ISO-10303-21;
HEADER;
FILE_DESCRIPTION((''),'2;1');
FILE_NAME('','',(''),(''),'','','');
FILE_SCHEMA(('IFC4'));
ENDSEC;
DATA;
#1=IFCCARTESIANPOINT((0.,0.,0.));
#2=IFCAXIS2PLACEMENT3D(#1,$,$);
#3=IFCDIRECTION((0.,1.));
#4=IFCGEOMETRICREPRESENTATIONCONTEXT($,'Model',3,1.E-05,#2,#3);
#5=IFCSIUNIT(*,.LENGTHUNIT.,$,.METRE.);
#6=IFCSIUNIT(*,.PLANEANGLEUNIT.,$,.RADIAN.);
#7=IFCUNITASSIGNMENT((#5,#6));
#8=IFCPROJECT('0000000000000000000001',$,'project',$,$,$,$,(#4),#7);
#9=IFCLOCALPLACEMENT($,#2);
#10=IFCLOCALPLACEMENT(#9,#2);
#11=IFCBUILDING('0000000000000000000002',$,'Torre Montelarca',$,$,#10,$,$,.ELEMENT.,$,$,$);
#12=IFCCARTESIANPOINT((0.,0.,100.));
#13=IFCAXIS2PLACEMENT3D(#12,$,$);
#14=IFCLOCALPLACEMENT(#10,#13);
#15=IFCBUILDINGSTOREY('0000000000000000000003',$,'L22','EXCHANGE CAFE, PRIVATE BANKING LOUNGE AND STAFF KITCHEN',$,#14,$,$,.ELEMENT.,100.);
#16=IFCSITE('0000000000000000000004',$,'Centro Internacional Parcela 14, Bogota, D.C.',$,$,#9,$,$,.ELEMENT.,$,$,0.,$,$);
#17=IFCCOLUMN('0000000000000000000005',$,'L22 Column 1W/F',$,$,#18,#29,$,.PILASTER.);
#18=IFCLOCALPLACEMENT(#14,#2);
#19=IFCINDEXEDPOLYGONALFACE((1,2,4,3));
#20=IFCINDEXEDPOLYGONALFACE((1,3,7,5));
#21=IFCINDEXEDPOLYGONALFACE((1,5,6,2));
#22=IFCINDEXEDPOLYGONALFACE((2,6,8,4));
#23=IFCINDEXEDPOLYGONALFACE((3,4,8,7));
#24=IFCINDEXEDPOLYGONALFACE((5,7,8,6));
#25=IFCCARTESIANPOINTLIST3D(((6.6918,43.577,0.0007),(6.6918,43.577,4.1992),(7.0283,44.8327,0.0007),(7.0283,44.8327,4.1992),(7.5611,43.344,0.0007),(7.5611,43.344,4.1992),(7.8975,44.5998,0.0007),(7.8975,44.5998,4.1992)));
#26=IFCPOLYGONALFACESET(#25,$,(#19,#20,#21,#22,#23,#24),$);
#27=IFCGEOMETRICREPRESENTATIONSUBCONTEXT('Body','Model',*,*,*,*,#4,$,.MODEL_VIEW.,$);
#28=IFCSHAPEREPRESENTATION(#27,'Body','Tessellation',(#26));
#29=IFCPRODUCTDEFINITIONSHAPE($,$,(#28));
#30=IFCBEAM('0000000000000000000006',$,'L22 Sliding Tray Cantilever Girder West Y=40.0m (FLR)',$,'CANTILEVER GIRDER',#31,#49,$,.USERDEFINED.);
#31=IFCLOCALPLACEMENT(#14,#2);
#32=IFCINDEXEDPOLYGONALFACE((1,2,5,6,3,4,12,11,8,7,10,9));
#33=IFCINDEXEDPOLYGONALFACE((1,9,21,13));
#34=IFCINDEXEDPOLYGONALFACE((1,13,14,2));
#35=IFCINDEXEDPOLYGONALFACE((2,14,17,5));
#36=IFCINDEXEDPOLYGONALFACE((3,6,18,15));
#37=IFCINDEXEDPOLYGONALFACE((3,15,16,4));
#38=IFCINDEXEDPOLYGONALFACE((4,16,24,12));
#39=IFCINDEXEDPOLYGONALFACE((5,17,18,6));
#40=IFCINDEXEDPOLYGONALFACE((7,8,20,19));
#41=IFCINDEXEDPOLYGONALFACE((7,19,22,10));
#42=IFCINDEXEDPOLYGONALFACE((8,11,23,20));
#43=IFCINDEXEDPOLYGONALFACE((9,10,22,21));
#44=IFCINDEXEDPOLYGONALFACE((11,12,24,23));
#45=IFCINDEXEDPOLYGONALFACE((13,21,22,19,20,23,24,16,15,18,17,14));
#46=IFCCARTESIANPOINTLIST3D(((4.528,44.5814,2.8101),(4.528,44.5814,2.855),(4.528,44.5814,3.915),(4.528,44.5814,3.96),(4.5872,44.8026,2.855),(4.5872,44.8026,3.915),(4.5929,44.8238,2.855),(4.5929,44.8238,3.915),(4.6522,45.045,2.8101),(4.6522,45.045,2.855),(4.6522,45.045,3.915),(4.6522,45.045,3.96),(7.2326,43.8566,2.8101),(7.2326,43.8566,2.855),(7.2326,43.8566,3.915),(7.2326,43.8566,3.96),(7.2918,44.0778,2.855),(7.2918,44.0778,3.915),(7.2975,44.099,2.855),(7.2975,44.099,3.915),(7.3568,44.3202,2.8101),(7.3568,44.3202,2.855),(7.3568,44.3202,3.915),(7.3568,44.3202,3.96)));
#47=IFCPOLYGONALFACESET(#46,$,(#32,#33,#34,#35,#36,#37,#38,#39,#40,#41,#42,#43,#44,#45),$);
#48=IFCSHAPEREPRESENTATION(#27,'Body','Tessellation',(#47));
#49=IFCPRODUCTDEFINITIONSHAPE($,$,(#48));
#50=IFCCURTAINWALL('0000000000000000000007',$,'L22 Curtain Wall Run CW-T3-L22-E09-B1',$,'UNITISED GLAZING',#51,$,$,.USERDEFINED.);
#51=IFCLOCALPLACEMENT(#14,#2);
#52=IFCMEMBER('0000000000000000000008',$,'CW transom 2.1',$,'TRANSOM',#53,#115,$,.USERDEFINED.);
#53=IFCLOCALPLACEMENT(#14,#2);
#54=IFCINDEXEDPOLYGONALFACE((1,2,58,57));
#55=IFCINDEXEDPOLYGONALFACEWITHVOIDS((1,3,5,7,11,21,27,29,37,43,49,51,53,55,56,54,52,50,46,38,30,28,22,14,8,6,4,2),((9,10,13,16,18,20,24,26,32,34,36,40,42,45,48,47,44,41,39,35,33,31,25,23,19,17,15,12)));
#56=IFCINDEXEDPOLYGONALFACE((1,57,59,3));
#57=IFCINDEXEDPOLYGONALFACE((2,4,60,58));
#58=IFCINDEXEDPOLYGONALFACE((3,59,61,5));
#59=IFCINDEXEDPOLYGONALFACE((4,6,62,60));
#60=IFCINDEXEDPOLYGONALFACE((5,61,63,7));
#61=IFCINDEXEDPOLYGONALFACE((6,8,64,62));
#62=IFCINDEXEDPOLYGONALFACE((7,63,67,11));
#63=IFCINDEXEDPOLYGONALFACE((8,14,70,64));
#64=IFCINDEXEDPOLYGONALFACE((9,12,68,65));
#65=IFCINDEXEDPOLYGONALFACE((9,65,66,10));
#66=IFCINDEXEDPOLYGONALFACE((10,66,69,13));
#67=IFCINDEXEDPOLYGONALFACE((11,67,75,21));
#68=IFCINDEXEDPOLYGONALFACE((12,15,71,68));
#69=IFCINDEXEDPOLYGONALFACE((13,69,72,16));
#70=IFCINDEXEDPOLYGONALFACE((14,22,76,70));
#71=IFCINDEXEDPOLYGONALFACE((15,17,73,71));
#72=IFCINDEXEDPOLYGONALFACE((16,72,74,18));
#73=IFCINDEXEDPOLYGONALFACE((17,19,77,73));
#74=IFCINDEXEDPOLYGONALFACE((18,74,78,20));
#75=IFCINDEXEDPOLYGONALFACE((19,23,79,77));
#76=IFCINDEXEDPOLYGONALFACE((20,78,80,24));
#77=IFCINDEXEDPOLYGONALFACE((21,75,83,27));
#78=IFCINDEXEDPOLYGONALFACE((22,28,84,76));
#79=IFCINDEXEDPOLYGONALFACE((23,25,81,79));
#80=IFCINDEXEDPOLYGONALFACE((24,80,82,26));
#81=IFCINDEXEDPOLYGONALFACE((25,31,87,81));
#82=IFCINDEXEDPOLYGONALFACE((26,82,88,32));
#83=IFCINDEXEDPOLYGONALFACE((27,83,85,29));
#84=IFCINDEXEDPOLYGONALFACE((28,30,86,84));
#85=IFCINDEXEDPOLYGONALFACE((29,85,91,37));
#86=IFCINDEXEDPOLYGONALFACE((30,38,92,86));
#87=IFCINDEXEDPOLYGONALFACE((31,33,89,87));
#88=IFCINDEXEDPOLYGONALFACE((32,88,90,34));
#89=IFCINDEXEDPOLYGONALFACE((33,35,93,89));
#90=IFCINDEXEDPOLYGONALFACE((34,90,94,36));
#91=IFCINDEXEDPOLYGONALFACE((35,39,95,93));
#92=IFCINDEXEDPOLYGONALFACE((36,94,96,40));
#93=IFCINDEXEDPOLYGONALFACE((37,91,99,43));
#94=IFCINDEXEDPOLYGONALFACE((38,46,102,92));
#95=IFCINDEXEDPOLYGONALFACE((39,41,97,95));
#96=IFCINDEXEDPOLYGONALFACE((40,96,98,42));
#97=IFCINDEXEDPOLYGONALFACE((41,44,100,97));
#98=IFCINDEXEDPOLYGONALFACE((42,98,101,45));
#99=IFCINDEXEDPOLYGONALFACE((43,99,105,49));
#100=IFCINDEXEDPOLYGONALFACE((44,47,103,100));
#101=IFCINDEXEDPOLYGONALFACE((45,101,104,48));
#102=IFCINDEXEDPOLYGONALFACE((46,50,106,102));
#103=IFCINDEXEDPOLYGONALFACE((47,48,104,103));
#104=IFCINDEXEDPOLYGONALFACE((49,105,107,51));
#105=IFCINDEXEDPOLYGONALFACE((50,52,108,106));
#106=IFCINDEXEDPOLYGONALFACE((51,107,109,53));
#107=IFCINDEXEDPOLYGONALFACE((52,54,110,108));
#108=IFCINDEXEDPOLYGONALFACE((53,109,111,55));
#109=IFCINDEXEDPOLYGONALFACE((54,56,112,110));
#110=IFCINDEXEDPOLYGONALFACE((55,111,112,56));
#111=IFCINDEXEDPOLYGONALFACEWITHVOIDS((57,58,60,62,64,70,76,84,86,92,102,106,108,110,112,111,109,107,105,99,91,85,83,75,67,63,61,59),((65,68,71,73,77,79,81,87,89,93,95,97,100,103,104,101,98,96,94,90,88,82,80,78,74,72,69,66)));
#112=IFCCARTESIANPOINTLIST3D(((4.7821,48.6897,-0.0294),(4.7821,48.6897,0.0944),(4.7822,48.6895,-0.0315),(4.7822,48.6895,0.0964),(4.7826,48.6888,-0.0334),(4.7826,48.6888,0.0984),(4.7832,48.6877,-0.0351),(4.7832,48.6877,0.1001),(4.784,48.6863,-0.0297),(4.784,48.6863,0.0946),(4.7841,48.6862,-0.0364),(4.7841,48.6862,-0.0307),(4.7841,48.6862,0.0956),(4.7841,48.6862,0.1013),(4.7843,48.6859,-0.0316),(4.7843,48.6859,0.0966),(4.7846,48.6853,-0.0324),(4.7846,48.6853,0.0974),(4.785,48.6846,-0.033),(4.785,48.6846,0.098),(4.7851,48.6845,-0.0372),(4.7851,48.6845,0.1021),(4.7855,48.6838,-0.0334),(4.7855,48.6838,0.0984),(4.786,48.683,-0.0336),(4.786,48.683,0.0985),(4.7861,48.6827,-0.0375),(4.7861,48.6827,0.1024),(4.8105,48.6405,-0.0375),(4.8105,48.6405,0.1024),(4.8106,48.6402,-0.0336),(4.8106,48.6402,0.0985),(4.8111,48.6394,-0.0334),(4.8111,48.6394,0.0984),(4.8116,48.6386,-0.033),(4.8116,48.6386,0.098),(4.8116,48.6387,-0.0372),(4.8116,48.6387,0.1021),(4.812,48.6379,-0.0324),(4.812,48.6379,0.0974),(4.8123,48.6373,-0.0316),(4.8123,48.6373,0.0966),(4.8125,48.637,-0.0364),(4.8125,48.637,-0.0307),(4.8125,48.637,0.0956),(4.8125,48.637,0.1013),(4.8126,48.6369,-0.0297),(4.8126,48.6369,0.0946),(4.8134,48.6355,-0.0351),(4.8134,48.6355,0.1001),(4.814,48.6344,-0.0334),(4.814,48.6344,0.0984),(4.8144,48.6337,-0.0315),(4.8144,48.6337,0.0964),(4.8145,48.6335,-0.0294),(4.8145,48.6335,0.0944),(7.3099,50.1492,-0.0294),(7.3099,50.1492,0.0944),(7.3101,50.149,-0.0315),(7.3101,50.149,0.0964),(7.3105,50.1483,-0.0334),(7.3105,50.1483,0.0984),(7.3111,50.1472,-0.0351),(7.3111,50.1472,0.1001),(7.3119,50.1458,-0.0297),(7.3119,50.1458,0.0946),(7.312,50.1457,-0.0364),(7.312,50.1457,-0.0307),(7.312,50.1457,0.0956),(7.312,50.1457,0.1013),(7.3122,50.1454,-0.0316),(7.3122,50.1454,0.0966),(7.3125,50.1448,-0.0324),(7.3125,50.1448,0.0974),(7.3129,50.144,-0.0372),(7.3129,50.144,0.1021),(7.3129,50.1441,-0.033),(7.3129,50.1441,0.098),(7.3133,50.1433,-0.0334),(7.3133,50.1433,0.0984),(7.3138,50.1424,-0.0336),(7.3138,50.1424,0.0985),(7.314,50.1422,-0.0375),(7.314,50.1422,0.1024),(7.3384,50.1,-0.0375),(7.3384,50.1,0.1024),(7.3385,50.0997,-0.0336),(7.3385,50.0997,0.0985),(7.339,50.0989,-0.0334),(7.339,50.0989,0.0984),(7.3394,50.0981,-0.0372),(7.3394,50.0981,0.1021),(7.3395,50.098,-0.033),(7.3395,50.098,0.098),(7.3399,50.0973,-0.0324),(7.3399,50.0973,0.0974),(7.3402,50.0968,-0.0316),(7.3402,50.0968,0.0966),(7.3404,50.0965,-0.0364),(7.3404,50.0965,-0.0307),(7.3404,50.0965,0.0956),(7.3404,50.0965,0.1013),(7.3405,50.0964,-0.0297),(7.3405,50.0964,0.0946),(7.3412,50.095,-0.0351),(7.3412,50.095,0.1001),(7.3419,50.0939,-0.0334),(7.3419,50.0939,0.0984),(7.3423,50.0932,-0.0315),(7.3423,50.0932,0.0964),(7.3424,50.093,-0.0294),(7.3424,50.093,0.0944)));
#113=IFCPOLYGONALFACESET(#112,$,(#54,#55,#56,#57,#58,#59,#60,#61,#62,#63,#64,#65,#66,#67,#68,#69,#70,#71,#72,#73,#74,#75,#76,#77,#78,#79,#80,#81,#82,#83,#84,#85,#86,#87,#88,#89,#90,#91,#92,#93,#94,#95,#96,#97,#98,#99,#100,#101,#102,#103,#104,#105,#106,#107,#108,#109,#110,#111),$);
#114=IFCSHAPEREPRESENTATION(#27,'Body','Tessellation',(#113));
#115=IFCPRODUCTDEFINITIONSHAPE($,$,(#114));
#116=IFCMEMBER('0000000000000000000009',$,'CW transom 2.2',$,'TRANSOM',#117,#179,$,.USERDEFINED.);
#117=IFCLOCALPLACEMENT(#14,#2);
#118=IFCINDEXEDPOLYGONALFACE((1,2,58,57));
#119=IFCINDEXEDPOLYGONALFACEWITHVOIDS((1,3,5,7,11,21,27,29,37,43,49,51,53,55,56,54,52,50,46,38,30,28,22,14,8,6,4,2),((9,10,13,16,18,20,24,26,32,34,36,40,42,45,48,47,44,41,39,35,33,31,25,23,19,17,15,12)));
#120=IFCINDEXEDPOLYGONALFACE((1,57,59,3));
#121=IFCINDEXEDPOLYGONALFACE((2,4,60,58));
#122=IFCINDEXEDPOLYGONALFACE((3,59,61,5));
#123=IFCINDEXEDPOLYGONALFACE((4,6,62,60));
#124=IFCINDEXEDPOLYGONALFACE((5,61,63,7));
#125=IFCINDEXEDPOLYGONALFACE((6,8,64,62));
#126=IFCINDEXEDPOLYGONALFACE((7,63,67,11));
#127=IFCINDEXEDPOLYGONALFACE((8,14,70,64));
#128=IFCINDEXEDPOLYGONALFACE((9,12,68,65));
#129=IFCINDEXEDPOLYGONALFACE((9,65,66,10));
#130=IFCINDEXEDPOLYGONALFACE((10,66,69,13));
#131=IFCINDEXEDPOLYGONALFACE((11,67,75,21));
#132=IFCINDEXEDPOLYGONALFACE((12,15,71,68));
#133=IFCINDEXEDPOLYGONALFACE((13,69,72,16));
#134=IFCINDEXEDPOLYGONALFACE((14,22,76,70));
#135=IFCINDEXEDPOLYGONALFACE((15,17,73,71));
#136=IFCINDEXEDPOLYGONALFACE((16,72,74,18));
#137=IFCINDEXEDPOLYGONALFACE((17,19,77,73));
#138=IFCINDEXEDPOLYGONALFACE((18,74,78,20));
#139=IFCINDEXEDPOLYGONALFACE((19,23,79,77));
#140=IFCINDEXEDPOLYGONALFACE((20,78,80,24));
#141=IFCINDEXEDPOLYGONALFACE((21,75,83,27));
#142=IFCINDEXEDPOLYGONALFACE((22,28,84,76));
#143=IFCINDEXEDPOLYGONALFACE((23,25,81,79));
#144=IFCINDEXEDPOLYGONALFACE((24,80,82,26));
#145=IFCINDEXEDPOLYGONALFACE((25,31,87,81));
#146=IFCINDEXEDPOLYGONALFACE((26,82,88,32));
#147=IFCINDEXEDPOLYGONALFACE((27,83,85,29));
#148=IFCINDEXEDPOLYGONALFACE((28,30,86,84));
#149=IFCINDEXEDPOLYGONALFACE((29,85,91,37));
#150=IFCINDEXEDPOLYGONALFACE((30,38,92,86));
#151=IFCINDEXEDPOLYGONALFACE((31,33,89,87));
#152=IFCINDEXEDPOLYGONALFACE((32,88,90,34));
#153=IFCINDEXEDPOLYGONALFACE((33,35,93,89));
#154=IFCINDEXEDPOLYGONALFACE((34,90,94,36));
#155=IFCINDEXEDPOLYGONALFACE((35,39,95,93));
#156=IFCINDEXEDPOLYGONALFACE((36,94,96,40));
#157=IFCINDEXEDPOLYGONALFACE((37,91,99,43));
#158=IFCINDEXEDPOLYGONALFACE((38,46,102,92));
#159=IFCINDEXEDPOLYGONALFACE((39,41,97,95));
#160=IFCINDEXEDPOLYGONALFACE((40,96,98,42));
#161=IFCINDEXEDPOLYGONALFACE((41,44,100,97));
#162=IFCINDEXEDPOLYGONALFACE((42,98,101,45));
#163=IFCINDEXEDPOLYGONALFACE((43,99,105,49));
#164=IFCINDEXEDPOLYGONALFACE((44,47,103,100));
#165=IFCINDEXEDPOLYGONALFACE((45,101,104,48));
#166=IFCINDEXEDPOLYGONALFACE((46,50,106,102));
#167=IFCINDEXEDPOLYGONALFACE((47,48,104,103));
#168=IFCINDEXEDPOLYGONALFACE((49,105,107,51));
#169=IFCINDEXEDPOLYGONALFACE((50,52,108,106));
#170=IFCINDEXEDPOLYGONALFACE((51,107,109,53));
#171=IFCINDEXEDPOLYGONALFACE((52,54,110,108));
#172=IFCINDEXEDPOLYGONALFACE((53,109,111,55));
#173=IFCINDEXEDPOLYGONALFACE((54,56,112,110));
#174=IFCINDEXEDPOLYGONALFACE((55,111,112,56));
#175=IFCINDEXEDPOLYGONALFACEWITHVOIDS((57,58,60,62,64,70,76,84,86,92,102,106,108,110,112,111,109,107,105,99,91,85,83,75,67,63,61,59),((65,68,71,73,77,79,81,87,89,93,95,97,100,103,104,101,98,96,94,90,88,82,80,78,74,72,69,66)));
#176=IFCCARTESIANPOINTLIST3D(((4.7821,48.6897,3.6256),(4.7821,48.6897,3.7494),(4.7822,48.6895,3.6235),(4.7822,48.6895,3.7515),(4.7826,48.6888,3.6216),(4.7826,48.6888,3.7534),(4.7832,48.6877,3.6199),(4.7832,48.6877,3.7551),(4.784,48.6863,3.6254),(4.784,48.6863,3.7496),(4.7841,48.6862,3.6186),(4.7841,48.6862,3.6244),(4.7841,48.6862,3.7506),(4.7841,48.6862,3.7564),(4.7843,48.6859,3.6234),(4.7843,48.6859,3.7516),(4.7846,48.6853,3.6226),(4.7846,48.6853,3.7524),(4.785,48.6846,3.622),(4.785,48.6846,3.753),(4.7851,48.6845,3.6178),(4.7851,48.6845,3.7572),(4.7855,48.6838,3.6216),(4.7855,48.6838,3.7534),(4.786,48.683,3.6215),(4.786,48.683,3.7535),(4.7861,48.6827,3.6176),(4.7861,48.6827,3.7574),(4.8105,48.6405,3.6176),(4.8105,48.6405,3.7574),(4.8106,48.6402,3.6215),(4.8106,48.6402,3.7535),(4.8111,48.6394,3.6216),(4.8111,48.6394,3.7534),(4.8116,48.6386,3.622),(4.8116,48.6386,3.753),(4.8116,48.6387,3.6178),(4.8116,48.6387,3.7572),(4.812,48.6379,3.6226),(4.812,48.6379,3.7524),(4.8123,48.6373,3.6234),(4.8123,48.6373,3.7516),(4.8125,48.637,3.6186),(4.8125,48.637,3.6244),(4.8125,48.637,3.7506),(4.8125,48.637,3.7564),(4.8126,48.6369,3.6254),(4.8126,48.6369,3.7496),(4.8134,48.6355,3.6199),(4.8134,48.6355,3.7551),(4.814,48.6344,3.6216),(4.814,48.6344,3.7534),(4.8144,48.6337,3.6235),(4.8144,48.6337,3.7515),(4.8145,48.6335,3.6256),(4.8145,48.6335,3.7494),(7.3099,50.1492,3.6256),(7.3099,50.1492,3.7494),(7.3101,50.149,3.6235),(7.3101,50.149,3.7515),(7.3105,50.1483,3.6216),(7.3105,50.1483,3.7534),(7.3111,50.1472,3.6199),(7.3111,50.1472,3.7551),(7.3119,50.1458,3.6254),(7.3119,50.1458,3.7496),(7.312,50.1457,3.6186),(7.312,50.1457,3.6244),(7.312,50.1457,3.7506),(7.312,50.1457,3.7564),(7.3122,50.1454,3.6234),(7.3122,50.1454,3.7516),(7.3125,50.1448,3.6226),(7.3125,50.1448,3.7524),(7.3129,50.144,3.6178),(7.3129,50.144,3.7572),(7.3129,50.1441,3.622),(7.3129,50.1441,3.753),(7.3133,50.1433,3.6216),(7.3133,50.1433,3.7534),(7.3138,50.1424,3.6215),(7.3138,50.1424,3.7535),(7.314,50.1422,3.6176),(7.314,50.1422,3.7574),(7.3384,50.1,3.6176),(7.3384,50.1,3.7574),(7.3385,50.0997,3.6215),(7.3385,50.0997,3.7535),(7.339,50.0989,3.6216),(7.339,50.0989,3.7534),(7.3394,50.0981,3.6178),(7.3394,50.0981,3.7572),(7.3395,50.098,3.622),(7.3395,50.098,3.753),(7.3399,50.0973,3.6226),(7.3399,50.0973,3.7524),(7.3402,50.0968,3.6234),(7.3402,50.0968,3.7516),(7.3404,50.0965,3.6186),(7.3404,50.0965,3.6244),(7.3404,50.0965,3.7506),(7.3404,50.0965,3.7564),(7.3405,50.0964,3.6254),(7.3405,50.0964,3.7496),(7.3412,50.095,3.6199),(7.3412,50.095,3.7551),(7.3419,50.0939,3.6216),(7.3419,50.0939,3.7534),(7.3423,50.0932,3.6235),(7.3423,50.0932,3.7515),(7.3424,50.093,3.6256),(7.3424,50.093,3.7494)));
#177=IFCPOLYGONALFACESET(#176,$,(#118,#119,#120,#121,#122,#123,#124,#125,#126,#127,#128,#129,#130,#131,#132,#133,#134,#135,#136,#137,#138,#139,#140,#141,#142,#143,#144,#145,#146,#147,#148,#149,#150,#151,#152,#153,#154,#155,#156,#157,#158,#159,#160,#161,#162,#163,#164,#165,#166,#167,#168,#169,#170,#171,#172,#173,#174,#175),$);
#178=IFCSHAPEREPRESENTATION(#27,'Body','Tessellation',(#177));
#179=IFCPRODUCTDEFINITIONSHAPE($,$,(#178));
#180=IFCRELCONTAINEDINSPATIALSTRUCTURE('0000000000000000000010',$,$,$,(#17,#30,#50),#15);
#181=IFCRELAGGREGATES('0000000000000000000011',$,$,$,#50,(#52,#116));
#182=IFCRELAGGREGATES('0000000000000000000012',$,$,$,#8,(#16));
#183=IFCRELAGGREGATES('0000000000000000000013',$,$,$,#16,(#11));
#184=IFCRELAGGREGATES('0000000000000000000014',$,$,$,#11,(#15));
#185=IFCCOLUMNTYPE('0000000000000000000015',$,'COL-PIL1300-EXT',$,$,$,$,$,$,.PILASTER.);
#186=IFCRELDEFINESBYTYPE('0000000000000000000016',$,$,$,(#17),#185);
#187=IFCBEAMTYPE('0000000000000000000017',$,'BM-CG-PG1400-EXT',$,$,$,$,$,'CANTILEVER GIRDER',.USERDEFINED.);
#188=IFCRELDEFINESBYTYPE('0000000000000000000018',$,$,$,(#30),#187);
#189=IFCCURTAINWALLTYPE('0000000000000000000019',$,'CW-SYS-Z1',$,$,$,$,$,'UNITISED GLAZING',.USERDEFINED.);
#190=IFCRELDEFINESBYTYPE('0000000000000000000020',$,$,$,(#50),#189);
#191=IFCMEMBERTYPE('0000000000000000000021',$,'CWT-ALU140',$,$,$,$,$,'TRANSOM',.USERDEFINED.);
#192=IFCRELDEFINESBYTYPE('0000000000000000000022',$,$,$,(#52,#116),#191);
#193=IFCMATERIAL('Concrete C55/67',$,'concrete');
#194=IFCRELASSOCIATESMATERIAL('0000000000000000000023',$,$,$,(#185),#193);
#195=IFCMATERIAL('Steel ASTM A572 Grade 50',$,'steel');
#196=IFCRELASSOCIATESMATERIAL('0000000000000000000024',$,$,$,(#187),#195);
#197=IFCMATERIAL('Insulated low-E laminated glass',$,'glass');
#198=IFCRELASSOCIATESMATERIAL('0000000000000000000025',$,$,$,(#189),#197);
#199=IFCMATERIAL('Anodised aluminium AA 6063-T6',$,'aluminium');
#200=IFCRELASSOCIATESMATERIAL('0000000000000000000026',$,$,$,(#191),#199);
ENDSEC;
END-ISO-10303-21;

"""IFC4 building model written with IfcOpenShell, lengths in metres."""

from ifc_helpers import new_model, si_unit, direction, frame, origin, origin_2d, place, context, subcontext, project, spatial, rectangle, hollow_rectangle, i_section, extrude, source, transform, mapped, material, material_profile, profile_set, type_object, element, aggregate, save


model = new_model("IFC4")

# Units and contexts
model_context = context("Model", 3, precision=1e-05, world=origin(), true_north=direction((0.0, 1.0)))
body_context = subcontext(model_context, "Body", "Model", "MODEL_VIEW")
ifc_project = project(units=[si_unit("LENGTHUNIT", "METRE"), si_unit("PLANEANGLEUNIT", "RADIAN")], contexts=[model_context])

# Site, building, storey
site_placement = place(None, origin())
site = spatial("IfcSite", under=ifc_project, at=site_placement, Name="Centro Internacional Parcela 14, Bogota, D.C.", CompositionType="ELEMENT", RefElevation=0.0)
building_placement = place(site_placement, origin())
building = spatial("IfcBuilding", under=site, at=building_placement, Name="Torre Montelarca", CompositionType="ELEMENT")
storey_placement = place(building_placement, frame((0.0, 0.0, 100.0)))
storey = spatial("IfcBuildingStorey", under=building, at=storey_placement, Name="L22", Description="EXCHANGE CAFE, PRIVATE BANKING LOUNGE AND STAFF KITCHEN", CompositionType="ELEMENT", Elevation=100.0)

# Column
ifc_material_1 = material(Name="Concrete C55/67", Category="concrete")
ifc_material_profile_1 = material_profile(ifc_material_1, rectangle(XDim=0.8999, YDim=1.3, at=origin_2d()), Name="RC1300X900", Category="concrete")
ifc_profile_set_1 = profile_set([ifc_material_profile_1], Name="Concrete C55/67")
column_type = type_object("IfcColumnType", Name="COL-PIL1300-EXT", PredefinedType="PILASTER", material=ifc_profile_set_1)
shared_shape_1 = source(origin(), body_context, "Body", "SweptSolid", [
    extrude(rectangle(XDim=0.8999, YDim=1.3, at=origin_2d()), origin(), (0.0, 0.0, 1.0), 4.1985),
])
column_placement = place(storey_placement, frame((7.2947, 44.0884, 0.0007), z_axis=(0.0, 0.0, 1.0), x_axis=(-0.965926, 0.258819, 0.0)))
element("IfcColumn", 1, at=column_placement, inside=storey, type_object=column_type, Name="L22 Column 1W/F", PredefinedType="PILASTER", context=body_context, shape_type="MappedRepresentation", body=[
    mapped(shared_shape_1, transform((0.0, 0.0, 0.0), scale=1.0)),
])

# Beam
ifc_material_2 = material(Name="Steel ASTM A572 Grade 50", Category="steel")
ifc_material_profile_2 = material_profile(ifc_material_2, i_section(OverallWidth=0.48, OverallDepth=1.1499, WebThickness=0.022, FlangeThickness=0.0449, at=origin_2d()), Name="PG1150X480X22X45", Category="steel")
ifc_profile_set_2 = profile_set([ifc_material_profile_2], Name="Steel ASTM A572 Grade 50")
beam_type = type_object("IfcBeamType", Name="BM-CG-PG1400-EXT", ElementType="CANTILEVER GIRDER", PredefinedType="USERDEFINED", material=ifc_profile_set_2)
shared_shape_2 = source(origin(), body_context, "Body", "SweptSolid", [
    extrude(i_section(OverallWidth=0.48, OverallDepth=1.1499, WebThickness=0.022, FlangeThickness=0.0449, at=origin_2d()), origin(), (0.0, 0.0, 1.0), 2.8),
])
beam_placement = place(storey_placement, frame((7.2947, 44.0884, 3.385), z_axis=(-0.965911, 0.258873, 0.0), x_axis=(-0.258873, -0.965911, 0.0)))
element("IfcBeam", 2, at=beam_placement, inside=storey, type_object=beam_type, Name="L22 Sliding Tray Cantilever Girder West Y=40.0m (FLR)", ObjectType="CANTILEVER GIRDER", PredefinedType="USERDEFINED", context=body_context, shape_type="MappedRepresentation", body=[
    mapped(shared_shape_2, transform((0.0, 0.0, 0.0), scale=1.0)),
])

# Curtain wall, members
ifc_material_3 = material(Name="Insulated low-E laminated glass", Category="glass")
curtain_wall_type = type_object("IfcCurtainWallType", Name="CW-SYS-Z1", ElementType="UNITISED GLAZING", PredefinedType="USERDEFINED", material=ifc_material_3)
curtain_wall_1_placement = place(storey_placement, origin())
curtain_wall_1 = element("IfcCurtainWall", 3, at=curtain_wall_1_placement, inside=storey, type_object=curtain_wall_type, Name="L22 Curtain Wall Run CW-T3-L22-E09-B1", ObjectType="UNITISED GLAZING", PredefinedType="USERDEFINED")
ifc_material_4 = material(Name="Anodised aluminium AA 6063-T6", Category="aluminium")
ifc_material_profile_3 = material_profile(ifc_material_4, hollow_rectangle(XDim=0.0649, YDim=0.1399, WallThickness=0.0039, InnerFilletRadius=0.0039, OuterFilletRadius=0.0081, at=origin_2d()), Name="ALU65X140X4", Category="aluminium")
ifc_profile_set_3 = profile_set([ifc_material_profile_3], Name="Anodised aluminium AA 6063-T6")
member_type_1 = type_object("IfcMemberType", Name="CWT-ALU140", ElementType="TRANSOM", PredefinedType="USERDEFINED", material=ifc_profile_set_3)
shared_shape_3 = source(origin(), body_context, "Body", "SweptSolid", [
    extrude(hollow_rectangle(XDim=0.0649, YDim=0.1399, WallThickness=0.0039, InnerFilletRadius=0.0039, OuterFilletRadius=0.0081, at=origin_2d()), origin(), (0.0, 0.0, 1.0), 2.9189),
])
member_1_placement = place(storey_placement, frame((7.3262, 50.1211, 0.0325), z_axis=(-0.866021, -0.500007, 0.0), x_axis=(0.500007, -0.866021, 0.0)))
member_1 = element("IfcMember", 4, at=member_1_placement, type_object=member_type_1, Name="CW transom 2.1", ObjectType="TRANSOM", PredefinedType="USERDEFINED", context=body_context, shape_type="MappedRepresentation", body=[
    mapped(shared_shape_3, transform((0.0, 0.0, 0.0), scale=1.0)),
])
member_2_placement = place(storey_placement, frame((7.3262, 50.1211, 3.6875), z_axis=(-0.866021, -0.500007, 0.0), x_axis=(0.500007, -0.866021, 0.0)))
member_2 = element("IfcMember", 5, at=member_2_placement, type_object=member_type_1, Name="CW transom 2.2", ObjectType="TRANSOM", PredefinedType="USERDEFINED", context=body_context, shape_type="MappedRepresentation", body=[
    mapped(shared_shape_3, transform((0.0, 0.0, 0.0), scale=1.0)),
])

aggregate(curtain_wall_1, [member_1, member_2])

save(model, "model.ifc")
